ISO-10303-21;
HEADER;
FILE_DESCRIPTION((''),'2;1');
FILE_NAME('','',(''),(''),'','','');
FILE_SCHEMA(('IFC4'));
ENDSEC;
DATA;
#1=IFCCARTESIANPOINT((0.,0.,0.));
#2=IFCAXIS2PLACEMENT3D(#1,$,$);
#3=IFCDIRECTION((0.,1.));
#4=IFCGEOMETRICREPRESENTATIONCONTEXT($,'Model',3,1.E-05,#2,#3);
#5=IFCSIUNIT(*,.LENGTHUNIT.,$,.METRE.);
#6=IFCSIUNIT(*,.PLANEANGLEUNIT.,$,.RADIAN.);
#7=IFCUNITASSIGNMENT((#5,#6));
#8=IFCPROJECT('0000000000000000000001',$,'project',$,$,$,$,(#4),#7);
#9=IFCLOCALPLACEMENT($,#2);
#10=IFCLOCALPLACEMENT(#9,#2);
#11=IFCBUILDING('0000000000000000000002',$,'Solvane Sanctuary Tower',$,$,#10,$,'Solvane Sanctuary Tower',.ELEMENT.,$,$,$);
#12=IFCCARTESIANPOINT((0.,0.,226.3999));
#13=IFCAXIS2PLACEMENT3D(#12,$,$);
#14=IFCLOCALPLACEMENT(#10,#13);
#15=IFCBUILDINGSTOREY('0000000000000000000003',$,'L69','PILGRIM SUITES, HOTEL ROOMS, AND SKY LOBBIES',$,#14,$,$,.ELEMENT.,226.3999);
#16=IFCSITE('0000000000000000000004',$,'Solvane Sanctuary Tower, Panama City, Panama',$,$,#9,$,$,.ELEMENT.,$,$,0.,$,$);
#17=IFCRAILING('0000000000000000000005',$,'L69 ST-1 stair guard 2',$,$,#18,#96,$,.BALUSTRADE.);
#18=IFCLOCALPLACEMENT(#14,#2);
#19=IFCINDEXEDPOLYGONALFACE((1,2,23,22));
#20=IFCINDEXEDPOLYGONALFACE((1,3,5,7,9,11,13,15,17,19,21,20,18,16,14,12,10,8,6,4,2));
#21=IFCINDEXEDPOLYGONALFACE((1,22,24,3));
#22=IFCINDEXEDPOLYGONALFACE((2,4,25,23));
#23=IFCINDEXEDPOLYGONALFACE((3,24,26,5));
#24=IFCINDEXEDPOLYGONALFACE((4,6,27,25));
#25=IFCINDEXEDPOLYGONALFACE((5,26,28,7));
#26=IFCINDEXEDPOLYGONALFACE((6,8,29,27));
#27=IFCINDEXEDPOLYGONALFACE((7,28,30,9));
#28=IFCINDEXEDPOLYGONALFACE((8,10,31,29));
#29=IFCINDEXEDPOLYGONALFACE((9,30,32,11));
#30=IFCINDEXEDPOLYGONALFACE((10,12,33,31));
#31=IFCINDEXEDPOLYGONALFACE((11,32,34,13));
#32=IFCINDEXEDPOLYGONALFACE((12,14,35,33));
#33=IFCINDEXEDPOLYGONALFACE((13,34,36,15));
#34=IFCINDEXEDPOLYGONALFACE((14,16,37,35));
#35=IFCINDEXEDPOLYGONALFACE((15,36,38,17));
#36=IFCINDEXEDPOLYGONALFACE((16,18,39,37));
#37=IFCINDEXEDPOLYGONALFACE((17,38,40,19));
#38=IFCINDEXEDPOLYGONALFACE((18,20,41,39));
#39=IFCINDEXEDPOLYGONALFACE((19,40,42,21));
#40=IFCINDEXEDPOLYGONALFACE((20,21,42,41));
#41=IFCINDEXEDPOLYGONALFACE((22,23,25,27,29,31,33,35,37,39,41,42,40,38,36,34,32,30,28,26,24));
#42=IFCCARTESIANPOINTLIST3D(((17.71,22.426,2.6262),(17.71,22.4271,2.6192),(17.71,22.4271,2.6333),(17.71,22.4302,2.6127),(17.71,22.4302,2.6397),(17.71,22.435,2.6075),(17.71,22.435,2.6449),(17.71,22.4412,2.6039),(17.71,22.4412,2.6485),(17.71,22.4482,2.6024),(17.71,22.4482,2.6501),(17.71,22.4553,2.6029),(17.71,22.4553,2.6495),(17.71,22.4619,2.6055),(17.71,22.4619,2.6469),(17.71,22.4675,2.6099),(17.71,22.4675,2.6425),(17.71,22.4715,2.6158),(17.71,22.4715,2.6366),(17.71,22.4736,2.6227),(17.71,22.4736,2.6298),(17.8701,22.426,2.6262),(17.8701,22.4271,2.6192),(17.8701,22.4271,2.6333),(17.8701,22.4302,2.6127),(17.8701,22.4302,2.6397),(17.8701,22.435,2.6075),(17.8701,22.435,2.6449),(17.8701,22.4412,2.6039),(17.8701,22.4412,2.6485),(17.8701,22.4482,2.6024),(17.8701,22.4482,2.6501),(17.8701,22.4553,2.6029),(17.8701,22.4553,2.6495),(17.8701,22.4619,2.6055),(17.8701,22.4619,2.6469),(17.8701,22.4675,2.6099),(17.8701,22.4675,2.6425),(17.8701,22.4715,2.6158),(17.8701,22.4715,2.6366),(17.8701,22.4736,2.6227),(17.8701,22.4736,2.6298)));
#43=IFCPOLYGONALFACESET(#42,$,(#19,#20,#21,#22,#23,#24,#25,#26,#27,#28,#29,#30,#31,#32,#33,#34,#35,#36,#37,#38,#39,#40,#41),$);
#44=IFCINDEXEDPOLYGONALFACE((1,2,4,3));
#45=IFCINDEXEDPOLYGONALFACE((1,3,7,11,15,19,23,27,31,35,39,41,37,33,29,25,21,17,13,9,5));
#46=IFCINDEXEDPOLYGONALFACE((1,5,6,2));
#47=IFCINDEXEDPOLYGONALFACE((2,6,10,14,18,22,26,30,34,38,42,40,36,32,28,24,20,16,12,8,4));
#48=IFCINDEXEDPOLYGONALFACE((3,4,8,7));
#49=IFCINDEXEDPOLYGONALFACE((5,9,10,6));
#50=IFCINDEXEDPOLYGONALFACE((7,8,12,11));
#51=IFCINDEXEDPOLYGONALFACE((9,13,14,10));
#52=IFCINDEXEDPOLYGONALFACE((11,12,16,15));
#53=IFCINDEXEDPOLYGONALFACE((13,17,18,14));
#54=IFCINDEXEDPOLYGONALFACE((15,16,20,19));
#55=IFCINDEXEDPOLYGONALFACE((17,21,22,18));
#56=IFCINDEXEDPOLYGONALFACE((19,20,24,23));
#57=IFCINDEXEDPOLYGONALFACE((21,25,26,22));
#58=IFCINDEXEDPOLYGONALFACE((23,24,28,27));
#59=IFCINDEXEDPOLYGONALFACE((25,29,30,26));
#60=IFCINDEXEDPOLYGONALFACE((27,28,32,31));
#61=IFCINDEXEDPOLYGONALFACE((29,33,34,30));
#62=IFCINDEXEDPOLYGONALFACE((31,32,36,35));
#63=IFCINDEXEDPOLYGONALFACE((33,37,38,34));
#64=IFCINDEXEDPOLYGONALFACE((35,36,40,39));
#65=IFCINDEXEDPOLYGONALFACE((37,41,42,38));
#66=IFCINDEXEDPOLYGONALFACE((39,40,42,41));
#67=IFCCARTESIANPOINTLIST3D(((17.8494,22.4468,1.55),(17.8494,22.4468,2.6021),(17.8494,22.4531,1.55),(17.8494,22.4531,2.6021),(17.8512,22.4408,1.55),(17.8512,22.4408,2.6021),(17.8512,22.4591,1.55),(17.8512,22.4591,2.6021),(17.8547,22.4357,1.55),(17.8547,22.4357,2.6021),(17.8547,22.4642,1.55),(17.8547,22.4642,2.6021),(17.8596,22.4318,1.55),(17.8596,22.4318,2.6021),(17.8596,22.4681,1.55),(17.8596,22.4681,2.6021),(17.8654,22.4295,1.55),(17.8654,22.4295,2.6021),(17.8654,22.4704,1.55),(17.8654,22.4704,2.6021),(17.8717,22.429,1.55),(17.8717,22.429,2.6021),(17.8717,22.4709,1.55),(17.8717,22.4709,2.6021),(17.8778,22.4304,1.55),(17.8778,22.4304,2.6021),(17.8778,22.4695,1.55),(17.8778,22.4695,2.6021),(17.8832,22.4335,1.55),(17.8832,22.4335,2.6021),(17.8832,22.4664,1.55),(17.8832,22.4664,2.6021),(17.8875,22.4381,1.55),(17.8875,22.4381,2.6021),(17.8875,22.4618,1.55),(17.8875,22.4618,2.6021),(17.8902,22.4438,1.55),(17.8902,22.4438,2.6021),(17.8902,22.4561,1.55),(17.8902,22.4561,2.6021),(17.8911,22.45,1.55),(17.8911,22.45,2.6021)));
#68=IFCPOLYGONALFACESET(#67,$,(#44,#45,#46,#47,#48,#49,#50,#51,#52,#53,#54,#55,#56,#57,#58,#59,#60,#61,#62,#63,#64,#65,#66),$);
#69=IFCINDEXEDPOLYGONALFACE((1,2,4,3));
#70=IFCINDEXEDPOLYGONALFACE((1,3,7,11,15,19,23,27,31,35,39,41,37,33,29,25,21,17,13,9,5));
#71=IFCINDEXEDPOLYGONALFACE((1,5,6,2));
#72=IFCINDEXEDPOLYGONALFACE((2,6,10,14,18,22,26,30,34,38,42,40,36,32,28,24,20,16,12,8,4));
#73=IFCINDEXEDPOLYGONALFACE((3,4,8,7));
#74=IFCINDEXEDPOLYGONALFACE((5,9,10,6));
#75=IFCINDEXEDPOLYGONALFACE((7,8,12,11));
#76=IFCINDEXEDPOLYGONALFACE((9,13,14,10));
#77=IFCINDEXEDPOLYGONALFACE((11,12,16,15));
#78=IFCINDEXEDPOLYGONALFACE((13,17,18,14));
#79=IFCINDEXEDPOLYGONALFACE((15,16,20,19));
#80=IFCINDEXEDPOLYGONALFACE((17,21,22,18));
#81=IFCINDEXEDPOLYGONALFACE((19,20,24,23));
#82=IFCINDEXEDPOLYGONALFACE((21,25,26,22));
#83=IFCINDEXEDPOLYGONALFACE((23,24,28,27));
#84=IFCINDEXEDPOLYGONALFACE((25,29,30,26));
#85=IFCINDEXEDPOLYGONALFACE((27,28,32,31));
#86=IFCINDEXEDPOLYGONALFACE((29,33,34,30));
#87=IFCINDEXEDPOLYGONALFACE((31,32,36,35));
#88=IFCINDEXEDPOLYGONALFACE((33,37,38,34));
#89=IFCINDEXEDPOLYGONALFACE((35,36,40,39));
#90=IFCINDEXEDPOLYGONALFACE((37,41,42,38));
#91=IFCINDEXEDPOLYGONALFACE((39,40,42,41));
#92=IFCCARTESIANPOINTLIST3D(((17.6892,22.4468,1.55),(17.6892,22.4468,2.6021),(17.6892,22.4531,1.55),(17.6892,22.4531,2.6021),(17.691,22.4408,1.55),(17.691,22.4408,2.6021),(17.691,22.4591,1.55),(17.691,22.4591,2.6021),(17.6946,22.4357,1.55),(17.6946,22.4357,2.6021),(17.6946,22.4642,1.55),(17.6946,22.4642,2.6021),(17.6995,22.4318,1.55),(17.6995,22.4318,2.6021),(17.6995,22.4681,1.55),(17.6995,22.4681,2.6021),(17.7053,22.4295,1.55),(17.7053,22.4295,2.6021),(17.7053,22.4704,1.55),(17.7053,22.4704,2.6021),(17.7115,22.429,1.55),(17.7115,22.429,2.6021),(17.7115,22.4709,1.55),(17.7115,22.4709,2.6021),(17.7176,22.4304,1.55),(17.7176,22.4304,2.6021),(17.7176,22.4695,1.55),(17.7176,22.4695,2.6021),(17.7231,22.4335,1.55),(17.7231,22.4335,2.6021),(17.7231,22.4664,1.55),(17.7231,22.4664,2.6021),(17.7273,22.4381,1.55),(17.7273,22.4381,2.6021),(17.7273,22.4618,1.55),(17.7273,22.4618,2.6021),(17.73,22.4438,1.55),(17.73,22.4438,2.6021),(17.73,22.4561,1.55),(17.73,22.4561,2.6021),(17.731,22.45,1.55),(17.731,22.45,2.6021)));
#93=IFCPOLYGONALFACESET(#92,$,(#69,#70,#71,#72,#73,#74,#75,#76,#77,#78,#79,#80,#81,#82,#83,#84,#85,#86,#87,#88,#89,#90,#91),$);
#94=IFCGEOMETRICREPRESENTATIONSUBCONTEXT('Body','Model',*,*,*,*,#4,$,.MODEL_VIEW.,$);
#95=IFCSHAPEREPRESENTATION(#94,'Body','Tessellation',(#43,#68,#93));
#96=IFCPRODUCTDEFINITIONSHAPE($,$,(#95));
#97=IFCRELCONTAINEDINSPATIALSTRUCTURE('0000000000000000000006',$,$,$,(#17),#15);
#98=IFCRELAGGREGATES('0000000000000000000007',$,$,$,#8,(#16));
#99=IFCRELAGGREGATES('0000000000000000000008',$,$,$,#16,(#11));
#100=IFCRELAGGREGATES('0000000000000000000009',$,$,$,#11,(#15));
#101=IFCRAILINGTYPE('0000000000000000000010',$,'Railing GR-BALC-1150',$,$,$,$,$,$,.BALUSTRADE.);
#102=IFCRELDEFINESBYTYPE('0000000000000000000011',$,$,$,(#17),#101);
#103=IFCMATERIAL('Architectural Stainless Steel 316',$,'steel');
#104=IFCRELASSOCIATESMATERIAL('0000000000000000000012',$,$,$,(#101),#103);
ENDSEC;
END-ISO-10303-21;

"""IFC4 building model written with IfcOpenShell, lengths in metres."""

from ifc_helpers import new_model, si_unit, direction, frame, origin, origin_2d, place, context, subcontext, project, spatial, circle, extrude, material, type_object, element, save


model = new_model("IFC4")

# Units and contexts
model_context = context("Model", 3, precision=1e-05, world=origin(), true_north=direction((0.0, 1.0)))
body_context = subcontext(model_context, "Body", "Model", "MODEL_VIEW")
ifc_project = project(units=[si_unit("LENGTHUNIT", "METRE"), si_unit("PLANEANGLEUNIT", "RADIAN")], contexts=[model_context])

# Site, building, storey
site_placement = place(None, origin())
site = spatial("IfcSite", under=ifc_project, at=site_placement, Name="Solvane Sanctuary Tower, Panama City, Panama", CompositionType="ELEMENT", RefElevation=0.0)
building_placement = place(site_placement, origin())
building = spatial("IfcBuilding", under=site, at=building_placement, Name="Solvane Sanctuary Tower", LongName="Solvane Sanctuary Tower", CompositionType="ELEMENT")
storey_placement = place(building_placement, frame((0.0, 0.0, 226.3999)))
storey = spatial("IfcBuildingStorey", under=building, at=storey_placement, Name="L69", Description="PILGRIM SUITES, HOTEL ROOMS, AND SKY LOBBIES", CompositionType="ELEMENT", Elevation=226.3999)

# Shared definitions
ifc_material_1 = material(Name="Architectural Stainless Steel 316", Category="steel")

# Railing
railing_type_1 = type_object("IfcRailingType", Name="Railing GR-BALC-1150", PredefinedType="BALUSTRADE", material=ifc_material_1)
railing_1_placement = place(storey_placement, frame((17.8701, 22.45, 1.55)))
element("IfcRailing", 1, at=railing_1_placement, inside=storey, type_object=railing_type_1, Name="L69 ST-1 stair guard 2", PredefinedType="BALUSTRADE", context=body_context, shape_type="SweptSolid", body=[
    extrude(circle(Radius=0.0239, at=origin_2d()), frame((0.0, 0.0, 1.0762), z_axis=(-1.0, 0.0, 0.0), x_axis=(0.0, -1.0, 0.0)), (0.0, 0.0, 1.0), 0.1602),
    extrude(circle(Radius=0.021, at=origin_2d()), origin(), (0.0, 0.0, 1.0), 1.052),
    extrude(circle(Radius=0.021, at=origin_2d()), frame((-0.1602, 0.0, 0.0)), (0.0, 0.0, 1.0), 1.052),
])

save(model, "model.ifc")
